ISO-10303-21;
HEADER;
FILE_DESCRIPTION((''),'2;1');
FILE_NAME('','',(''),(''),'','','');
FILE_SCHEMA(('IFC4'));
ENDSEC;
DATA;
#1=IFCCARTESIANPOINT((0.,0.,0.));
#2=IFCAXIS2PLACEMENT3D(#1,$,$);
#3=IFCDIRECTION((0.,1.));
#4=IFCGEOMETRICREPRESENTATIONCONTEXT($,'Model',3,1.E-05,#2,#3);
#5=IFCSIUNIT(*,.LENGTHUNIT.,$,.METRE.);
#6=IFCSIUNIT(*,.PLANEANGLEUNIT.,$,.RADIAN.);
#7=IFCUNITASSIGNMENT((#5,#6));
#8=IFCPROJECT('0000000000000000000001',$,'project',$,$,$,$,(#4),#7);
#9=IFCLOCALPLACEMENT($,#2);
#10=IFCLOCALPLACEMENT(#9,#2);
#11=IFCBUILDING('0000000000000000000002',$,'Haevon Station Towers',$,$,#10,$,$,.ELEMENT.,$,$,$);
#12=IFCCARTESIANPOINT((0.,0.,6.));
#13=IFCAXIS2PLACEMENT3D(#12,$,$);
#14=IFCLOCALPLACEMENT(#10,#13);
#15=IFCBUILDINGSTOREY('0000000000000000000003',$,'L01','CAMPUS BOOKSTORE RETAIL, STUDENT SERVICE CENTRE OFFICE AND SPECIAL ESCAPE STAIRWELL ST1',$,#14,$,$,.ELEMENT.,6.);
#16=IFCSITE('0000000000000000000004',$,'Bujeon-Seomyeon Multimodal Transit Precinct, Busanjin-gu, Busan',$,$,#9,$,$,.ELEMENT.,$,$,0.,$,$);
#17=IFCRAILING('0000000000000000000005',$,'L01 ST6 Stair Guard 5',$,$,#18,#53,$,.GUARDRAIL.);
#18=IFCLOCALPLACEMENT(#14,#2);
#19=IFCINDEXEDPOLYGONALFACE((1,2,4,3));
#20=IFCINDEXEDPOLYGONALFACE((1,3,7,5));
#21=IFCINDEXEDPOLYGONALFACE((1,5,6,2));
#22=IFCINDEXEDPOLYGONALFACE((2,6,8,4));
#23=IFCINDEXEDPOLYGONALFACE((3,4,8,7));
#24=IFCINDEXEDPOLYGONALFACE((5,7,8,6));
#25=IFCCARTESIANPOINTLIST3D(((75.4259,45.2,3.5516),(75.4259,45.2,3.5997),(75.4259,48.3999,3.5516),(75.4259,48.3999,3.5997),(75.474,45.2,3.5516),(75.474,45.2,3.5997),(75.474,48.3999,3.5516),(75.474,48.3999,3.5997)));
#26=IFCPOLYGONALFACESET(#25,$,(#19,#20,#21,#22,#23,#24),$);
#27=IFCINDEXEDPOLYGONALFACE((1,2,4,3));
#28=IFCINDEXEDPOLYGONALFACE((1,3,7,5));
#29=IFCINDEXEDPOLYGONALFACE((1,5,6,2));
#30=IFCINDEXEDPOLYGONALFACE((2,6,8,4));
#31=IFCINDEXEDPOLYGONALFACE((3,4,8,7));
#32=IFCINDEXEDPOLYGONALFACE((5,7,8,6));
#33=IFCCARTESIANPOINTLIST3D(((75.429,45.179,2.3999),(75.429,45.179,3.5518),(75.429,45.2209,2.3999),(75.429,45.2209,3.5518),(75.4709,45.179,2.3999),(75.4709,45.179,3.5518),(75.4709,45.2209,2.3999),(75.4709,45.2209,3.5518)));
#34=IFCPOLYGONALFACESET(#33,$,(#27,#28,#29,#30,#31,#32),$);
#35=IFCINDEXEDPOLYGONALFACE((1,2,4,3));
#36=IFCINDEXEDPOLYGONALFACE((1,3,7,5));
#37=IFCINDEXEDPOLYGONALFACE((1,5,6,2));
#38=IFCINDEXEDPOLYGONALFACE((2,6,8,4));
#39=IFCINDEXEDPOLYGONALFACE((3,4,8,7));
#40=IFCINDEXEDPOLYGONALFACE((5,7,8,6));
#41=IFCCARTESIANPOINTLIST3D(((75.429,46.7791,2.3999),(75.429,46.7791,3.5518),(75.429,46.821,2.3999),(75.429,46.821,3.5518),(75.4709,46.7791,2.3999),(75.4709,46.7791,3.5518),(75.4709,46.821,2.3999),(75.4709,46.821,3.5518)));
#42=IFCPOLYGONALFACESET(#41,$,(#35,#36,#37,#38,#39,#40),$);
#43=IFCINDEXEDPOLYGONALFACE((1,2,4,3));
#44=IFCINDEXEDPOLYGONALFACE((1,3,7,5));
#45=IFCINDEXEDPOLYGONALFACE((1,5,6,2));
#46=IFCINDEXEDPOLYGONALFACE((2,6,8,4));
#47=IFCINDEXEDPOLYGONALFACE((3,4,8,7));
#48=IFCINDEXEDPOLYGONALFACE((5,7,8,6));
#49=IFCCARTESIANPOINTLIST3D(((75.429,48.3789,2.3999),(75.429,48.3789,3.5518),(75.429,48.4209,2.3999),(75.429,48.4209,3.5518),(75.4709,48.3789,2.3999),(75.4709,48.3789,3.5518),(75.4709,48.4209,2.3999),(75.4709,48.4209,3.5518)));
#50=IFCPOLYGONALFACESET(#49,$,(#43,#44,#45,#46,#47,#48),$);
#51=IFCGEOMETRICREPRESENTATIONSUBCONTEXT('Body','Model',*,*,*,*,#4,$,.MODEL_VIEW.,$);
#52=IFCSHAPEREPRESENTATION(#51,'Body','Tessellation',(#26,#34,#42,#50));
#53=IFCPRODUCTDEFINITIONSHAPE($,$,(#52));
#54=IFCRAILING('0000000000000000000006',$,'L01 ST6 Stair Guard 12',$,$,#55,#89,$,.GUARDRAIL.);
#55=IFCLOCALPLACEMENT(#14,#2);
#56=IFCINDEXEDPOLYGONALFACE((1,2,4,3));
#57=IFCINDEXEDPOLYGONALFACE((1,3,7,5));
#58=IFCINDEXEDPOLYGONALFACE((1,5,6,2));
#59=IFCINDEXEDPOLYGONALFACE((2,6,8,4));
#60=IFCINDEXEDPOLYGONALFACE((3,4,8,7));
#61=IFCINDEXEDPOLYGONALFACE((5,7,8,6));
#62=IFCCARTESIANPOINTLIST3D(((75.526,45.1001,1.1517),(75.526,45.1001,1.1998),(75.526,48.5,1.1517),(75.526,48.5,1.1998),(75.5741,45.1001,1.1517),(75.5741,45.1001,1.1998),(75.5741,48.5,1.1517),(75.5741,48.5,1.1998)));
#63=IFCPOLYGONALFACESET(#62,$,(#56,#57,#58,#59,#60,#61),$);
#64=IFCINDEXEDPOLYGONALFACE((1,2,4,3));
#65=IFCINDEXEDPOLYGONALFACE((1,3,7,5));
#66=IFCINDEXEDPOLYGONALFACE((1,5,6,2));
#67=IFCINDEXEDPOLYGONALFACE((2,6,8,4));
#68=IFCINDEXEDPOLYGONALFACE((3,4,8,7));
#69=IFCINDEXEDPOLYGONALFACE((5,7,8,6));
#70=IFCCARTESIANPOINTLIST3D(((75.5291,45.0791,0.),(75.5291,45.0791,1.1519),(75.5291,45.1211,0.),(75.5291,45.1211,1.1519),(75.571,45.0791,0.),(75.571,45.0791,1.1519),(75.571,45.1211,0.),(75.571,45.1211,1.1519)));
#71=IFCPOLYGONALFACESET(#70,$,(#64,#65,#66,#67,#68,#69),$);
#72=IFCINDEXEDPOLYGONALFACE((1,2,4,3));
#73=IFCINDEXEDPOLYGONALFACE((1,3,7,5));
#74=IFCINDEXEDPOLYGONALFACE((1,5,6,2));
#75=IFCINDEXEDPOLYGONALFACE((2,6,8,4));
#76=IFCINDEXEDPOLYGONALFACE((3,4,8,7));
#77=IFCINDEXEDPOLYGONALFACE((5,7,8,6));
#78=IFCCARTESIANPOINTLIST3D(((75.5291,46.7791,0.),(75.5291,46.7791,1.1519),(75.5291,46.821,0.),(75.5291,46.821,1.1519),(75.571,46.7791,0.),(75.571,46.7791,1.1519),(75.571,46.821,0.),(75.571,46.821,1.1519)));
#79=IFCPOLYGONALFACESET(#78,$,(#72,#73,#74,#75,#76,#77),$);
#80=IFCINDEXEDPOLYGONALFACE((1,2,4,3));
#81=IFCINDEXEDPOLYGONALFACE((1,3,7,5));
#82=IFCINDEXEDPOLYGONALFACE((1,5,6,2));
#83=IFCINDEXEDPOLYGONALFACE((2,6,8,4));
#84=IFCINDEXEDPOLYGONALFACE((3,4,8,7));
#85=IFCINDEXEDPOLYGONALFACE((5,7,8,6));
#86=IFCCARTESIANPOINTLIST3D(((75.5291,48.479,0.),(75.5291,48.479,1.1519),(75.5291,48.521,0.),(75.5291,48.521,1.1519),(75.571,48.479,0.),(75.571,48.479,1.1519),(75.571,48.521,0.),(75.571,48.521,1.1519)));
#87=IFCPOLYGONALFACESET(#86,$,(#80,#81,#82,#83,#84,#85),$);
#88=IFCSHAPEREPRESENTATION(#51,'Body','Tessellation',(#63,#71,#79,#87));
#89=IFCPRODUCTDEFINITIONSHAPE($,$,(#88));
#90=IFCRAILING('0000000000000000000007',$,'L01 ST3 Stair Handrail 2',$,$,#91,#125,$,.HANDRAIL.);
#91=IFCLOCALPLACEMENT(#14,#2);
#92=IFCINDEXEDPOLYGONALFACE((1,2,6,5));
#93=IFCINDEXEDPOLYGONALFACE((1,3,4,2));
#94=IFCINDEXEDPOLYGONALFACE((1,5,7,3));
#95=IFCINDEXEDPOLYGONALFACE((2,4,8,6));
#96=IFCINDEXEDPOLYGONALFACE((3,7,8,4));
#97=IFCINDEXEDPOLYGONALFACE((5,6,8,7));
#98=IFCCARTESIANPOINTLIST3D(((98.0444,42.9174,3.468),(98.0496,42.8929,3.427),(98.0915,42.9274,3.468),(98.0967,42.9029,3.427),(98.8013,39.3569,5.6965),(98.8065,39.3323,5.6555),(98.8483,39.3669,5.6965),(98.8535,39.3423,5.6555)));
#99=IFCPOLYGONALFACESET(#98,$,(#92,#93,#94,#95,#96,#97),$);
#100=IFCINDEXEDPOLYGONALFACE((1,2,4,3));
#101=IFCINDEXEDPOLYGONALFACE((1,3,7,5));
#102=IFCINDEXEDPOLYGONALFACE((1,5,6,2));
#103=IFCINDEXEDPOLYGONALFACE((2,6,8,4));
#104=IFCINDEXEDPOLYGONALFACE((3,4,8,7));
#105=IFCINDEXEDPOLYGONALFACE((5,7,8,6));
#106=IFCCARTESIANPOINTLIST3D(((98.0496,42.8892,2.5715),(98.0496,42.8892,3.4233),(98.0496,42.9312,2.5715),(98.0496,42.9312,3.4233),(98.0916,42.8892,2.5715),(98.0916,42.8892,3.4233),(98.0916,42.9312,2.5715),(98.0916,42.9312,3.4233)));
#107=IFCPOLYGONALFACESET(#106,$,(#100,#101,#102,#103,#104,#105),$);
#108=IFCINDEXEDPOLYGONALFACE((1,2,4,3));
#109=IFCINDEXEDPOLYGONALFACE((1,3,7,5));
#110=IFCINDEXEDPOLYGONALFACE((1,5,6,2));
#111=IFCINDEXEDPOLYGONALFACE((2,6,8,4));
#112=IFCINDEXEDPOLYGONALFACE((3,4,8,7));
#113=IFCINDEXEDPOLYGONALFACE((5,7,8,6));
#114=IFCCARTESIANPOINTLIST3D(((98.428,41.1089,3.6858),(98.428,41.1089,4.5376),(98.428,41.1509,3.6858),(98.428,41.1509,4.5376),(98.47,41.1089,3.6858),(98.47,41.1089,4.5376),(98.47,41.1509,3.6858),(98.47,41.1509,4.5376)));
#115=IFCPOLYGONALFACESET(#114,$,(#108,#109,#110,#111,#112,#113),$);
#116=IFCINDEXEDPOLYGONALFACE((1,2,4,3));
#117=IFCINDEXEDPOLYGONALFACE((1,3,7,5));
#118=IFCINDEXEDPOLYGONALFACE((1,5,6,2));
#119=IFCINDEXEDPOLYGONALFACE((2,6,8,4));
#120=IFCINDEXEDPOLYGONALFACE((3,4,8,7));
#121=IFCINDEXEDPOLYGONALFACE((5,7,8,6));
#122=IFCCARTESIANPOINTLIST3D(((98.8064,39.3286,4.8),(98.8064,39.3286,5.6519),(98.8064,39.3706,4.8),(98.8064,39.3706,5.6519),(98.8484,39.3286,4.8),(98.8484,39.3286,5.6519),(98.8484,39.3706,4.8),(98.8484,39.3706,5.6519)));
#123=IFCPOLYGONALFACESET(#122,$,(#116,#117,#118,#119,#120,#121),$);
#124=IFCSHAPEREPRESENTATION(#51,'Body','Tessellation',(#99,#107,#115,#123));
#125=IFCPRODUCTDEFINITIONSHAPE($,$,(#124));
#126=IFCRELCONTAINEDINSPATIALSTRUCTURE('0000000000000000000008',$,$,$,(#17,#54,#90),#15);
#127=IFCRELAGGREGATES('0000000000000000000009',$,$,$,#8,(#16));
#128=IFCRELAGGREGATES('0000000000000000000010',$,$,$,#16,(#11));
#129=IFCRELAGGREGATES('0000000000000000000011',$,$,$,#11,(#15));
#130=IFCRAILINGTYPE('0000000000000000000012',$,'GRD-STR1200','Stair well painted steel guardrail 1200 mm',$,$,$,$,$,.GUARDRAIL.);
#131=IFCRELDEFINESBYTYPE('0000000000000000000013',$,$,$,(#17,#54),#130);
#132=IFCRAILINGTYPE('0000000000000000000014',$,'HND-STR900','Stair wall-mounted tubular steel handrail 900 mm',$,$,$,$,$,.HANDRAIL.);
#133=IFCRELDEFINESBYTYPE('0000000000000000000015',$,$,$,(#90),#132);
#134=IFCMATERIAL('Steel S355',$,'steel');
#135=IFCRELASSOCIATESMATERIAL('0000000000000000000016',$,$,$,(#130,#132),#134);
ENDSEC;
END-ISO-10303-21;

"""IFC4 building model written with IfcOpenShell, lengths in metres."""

from ifc_helpers import new_model, si_unit, direction, frame, origin, origin_2d, place, context, subcontext, project, spatial, rectangle, extrude, material, type_object, element, save


model = new_model("IFC4")

# Units and contexts
model_context = context("Model", 3, precision=1e-05, world=origin(), true_north=direction((0.0, 1.0)))
body_context = subcontext(model_context, "Body", "Model", "MODEL_VIEW")
ifc_project = project(units=[si_unit("LENGTHUNIT", "METRE"), si_unit("PLANEANGLEUNIT", "RADIAN")], contexts=[model_context])

# Site, building, storey
site_placement = place(None, origin())
site = spatial("IfcSite", under=ifc_project, at=site_placement, Name="Bujeon-Seomyeon Multimodal Transit Precinct, Busanjin-gu, Busan", CompositionType="ELEMENT", RefElevation=0.0)
building_placement = place(site_placement, origin())
building = spatial("IfcBuilding", under=site, at=building_placement, Name="Haevon Station Towers", CompositionType="ELEMENT")
storey_placement = place(building_placement, frame((0.0, 0.0, 6.0)))
storey = spatial("IfcBuildingStorey", under=building, at=storey_placement, Name="L01", Description="CAMPUS BOOKSTORE RETAIL, STUDENT SERVICE CENTRE OFFICE AND SPECIAL ESCAPE STAIRWELL ST1", CompositionType="ELEMENT", Elevation=6.0)

# Shared definitions
ifc_material_1 = material(Name="Steel S355", Category="steel")

# Railings
railing_type_1 = type_object("IfcRailingType", Name="GRD-STR1200", Description="Stair well painted steel guardrail 1200 mm", PredefinedType="GUARDRAIL", material=ifc_material_1)
railing_1_placement = place(storey_placement, frame((75.45, 45.2, 2.3999)))
element("IfcRailing", 1, at=railing_1_placement, inside=storey, type_object=railing_type_1, Name="L01 ST6 Stair Guard 5", PredefinedType="GUARDRAIL", context=body_context, shape_type="SweptSolid", body=[
    extrude(rectangle(XDim=0.0481, YDim=0.0481, at=origin_2d()), frame((0.0, 0.0, 1.1758), z_axis=(0.0, 1.0, 0.0), x_axis=(-1.0, 0.0, 0.0)), (0.0, 0.0, 1.0), 3.2),
    extrude(rectangle(XDim=0.042, YDim=0.042, at=origin_2d()), origin(), (0.0, 0.0, 1.0), 1.1519),
    extrude(rectangle(XDim=0.042, YDim=0.042, at=origin_2d()), frame((0.0, 1.6001, 0.0)), (0.0, 0.0, 1.0), 1.1519),
    extrude(rectangle(XDim=0.042, YDim=0.042, at=origin_2d()), frame((0.0, 3.2, 0.0)), (0.0, 0.0, 1.0), 1.1519),
])
railing_2_placement = place(storey_placement, frame((75.55, 45.1001, 0.0)))
element("IfcRailing", 2, at=railing_2_placement, inside=storey, type_object=railing_type_1, Name="L01 ST6 Stair Guard 12", PredefinedType="GUARDRAIL", context=body_context, shape_type="SweptSolid", body=[
    extrude(rectangle(XDim=0.0481, YDim=0.0481, at=origin_2d()), frame((0.0, 0.0, 1.1758), z_axis=(0.0, 1.0, 0.0), x_axis=(-1.0, 0.0, 0.0)), (0.0, 0.0, 1.0), 3.3999),
    extrude(rectangle(XDim=0.042, YDim=0.042, at=origin_2d()), origin(), (0.0, 0.0, 1.0), 1.1519),
    extrude(rectangle(XDim=0.042, YDim=0.042, at=origin_2d()), frame((0.0, 1.7, 0.0)), (0.0, 0.0, 1.0), 1.1519),
    extrude(rectangle(XDim=0.042, YDim=0.042, at=origin_2d()), frame((0.0, 3.3999, 0.0)), (0.0, 0.0, 1.0), 1.1519),
])
railing_type_2 = type_object("IfcRailingType", Name="HND-STR900", Description="Stair wall-mounted tubular steel handrail 900 mm", PredefinedType="HANDRAIL", material=ifc_material_1)
railing_3_placement = place(storey_placement, frame((98.0706, 42.9102, 2.5715)))
element("IfcRailing", 3, at=railing_3_placement, inside=storey, type_object=railing_type_2, Name="L01 ST3 Stair Handrail 2", PredefinedType="HANDRAIL", context=body_context, shape_type="SweptSolid", body=[
    extrude(rectangle(XDim=0.0481, YDim=0.0481, at=origin_2d()), frame((0.0, 0.0, 0.876), z_axis=(0.177324, -0.834225, 0.522134), x_axis=(0.978147, 0.207917, 0.0)), (0.0, 0.0, 1.0), 4.2681),
    extrude(rectangle(XDim=0.042, YDim=0.042, at=origin_2d()), origin(), (0.0, 0.0, 1.0), 0.8518),
    extrude(rectangle(XDim=0.042, YDim=0.042, at=origin_2d()), frame((0.3784, -1.7803, 1.1143)), (0.0, 0.0, 1.0), 0.8518),
    extrude(rectangle(XDim=0.042, YDim=0.042, at=origin_2d()), frame((0.7568, -3.5605, 2.2285)), (0.0, 0.0, 1.0), 0.8518),
])

save(model, "model.ifc")
